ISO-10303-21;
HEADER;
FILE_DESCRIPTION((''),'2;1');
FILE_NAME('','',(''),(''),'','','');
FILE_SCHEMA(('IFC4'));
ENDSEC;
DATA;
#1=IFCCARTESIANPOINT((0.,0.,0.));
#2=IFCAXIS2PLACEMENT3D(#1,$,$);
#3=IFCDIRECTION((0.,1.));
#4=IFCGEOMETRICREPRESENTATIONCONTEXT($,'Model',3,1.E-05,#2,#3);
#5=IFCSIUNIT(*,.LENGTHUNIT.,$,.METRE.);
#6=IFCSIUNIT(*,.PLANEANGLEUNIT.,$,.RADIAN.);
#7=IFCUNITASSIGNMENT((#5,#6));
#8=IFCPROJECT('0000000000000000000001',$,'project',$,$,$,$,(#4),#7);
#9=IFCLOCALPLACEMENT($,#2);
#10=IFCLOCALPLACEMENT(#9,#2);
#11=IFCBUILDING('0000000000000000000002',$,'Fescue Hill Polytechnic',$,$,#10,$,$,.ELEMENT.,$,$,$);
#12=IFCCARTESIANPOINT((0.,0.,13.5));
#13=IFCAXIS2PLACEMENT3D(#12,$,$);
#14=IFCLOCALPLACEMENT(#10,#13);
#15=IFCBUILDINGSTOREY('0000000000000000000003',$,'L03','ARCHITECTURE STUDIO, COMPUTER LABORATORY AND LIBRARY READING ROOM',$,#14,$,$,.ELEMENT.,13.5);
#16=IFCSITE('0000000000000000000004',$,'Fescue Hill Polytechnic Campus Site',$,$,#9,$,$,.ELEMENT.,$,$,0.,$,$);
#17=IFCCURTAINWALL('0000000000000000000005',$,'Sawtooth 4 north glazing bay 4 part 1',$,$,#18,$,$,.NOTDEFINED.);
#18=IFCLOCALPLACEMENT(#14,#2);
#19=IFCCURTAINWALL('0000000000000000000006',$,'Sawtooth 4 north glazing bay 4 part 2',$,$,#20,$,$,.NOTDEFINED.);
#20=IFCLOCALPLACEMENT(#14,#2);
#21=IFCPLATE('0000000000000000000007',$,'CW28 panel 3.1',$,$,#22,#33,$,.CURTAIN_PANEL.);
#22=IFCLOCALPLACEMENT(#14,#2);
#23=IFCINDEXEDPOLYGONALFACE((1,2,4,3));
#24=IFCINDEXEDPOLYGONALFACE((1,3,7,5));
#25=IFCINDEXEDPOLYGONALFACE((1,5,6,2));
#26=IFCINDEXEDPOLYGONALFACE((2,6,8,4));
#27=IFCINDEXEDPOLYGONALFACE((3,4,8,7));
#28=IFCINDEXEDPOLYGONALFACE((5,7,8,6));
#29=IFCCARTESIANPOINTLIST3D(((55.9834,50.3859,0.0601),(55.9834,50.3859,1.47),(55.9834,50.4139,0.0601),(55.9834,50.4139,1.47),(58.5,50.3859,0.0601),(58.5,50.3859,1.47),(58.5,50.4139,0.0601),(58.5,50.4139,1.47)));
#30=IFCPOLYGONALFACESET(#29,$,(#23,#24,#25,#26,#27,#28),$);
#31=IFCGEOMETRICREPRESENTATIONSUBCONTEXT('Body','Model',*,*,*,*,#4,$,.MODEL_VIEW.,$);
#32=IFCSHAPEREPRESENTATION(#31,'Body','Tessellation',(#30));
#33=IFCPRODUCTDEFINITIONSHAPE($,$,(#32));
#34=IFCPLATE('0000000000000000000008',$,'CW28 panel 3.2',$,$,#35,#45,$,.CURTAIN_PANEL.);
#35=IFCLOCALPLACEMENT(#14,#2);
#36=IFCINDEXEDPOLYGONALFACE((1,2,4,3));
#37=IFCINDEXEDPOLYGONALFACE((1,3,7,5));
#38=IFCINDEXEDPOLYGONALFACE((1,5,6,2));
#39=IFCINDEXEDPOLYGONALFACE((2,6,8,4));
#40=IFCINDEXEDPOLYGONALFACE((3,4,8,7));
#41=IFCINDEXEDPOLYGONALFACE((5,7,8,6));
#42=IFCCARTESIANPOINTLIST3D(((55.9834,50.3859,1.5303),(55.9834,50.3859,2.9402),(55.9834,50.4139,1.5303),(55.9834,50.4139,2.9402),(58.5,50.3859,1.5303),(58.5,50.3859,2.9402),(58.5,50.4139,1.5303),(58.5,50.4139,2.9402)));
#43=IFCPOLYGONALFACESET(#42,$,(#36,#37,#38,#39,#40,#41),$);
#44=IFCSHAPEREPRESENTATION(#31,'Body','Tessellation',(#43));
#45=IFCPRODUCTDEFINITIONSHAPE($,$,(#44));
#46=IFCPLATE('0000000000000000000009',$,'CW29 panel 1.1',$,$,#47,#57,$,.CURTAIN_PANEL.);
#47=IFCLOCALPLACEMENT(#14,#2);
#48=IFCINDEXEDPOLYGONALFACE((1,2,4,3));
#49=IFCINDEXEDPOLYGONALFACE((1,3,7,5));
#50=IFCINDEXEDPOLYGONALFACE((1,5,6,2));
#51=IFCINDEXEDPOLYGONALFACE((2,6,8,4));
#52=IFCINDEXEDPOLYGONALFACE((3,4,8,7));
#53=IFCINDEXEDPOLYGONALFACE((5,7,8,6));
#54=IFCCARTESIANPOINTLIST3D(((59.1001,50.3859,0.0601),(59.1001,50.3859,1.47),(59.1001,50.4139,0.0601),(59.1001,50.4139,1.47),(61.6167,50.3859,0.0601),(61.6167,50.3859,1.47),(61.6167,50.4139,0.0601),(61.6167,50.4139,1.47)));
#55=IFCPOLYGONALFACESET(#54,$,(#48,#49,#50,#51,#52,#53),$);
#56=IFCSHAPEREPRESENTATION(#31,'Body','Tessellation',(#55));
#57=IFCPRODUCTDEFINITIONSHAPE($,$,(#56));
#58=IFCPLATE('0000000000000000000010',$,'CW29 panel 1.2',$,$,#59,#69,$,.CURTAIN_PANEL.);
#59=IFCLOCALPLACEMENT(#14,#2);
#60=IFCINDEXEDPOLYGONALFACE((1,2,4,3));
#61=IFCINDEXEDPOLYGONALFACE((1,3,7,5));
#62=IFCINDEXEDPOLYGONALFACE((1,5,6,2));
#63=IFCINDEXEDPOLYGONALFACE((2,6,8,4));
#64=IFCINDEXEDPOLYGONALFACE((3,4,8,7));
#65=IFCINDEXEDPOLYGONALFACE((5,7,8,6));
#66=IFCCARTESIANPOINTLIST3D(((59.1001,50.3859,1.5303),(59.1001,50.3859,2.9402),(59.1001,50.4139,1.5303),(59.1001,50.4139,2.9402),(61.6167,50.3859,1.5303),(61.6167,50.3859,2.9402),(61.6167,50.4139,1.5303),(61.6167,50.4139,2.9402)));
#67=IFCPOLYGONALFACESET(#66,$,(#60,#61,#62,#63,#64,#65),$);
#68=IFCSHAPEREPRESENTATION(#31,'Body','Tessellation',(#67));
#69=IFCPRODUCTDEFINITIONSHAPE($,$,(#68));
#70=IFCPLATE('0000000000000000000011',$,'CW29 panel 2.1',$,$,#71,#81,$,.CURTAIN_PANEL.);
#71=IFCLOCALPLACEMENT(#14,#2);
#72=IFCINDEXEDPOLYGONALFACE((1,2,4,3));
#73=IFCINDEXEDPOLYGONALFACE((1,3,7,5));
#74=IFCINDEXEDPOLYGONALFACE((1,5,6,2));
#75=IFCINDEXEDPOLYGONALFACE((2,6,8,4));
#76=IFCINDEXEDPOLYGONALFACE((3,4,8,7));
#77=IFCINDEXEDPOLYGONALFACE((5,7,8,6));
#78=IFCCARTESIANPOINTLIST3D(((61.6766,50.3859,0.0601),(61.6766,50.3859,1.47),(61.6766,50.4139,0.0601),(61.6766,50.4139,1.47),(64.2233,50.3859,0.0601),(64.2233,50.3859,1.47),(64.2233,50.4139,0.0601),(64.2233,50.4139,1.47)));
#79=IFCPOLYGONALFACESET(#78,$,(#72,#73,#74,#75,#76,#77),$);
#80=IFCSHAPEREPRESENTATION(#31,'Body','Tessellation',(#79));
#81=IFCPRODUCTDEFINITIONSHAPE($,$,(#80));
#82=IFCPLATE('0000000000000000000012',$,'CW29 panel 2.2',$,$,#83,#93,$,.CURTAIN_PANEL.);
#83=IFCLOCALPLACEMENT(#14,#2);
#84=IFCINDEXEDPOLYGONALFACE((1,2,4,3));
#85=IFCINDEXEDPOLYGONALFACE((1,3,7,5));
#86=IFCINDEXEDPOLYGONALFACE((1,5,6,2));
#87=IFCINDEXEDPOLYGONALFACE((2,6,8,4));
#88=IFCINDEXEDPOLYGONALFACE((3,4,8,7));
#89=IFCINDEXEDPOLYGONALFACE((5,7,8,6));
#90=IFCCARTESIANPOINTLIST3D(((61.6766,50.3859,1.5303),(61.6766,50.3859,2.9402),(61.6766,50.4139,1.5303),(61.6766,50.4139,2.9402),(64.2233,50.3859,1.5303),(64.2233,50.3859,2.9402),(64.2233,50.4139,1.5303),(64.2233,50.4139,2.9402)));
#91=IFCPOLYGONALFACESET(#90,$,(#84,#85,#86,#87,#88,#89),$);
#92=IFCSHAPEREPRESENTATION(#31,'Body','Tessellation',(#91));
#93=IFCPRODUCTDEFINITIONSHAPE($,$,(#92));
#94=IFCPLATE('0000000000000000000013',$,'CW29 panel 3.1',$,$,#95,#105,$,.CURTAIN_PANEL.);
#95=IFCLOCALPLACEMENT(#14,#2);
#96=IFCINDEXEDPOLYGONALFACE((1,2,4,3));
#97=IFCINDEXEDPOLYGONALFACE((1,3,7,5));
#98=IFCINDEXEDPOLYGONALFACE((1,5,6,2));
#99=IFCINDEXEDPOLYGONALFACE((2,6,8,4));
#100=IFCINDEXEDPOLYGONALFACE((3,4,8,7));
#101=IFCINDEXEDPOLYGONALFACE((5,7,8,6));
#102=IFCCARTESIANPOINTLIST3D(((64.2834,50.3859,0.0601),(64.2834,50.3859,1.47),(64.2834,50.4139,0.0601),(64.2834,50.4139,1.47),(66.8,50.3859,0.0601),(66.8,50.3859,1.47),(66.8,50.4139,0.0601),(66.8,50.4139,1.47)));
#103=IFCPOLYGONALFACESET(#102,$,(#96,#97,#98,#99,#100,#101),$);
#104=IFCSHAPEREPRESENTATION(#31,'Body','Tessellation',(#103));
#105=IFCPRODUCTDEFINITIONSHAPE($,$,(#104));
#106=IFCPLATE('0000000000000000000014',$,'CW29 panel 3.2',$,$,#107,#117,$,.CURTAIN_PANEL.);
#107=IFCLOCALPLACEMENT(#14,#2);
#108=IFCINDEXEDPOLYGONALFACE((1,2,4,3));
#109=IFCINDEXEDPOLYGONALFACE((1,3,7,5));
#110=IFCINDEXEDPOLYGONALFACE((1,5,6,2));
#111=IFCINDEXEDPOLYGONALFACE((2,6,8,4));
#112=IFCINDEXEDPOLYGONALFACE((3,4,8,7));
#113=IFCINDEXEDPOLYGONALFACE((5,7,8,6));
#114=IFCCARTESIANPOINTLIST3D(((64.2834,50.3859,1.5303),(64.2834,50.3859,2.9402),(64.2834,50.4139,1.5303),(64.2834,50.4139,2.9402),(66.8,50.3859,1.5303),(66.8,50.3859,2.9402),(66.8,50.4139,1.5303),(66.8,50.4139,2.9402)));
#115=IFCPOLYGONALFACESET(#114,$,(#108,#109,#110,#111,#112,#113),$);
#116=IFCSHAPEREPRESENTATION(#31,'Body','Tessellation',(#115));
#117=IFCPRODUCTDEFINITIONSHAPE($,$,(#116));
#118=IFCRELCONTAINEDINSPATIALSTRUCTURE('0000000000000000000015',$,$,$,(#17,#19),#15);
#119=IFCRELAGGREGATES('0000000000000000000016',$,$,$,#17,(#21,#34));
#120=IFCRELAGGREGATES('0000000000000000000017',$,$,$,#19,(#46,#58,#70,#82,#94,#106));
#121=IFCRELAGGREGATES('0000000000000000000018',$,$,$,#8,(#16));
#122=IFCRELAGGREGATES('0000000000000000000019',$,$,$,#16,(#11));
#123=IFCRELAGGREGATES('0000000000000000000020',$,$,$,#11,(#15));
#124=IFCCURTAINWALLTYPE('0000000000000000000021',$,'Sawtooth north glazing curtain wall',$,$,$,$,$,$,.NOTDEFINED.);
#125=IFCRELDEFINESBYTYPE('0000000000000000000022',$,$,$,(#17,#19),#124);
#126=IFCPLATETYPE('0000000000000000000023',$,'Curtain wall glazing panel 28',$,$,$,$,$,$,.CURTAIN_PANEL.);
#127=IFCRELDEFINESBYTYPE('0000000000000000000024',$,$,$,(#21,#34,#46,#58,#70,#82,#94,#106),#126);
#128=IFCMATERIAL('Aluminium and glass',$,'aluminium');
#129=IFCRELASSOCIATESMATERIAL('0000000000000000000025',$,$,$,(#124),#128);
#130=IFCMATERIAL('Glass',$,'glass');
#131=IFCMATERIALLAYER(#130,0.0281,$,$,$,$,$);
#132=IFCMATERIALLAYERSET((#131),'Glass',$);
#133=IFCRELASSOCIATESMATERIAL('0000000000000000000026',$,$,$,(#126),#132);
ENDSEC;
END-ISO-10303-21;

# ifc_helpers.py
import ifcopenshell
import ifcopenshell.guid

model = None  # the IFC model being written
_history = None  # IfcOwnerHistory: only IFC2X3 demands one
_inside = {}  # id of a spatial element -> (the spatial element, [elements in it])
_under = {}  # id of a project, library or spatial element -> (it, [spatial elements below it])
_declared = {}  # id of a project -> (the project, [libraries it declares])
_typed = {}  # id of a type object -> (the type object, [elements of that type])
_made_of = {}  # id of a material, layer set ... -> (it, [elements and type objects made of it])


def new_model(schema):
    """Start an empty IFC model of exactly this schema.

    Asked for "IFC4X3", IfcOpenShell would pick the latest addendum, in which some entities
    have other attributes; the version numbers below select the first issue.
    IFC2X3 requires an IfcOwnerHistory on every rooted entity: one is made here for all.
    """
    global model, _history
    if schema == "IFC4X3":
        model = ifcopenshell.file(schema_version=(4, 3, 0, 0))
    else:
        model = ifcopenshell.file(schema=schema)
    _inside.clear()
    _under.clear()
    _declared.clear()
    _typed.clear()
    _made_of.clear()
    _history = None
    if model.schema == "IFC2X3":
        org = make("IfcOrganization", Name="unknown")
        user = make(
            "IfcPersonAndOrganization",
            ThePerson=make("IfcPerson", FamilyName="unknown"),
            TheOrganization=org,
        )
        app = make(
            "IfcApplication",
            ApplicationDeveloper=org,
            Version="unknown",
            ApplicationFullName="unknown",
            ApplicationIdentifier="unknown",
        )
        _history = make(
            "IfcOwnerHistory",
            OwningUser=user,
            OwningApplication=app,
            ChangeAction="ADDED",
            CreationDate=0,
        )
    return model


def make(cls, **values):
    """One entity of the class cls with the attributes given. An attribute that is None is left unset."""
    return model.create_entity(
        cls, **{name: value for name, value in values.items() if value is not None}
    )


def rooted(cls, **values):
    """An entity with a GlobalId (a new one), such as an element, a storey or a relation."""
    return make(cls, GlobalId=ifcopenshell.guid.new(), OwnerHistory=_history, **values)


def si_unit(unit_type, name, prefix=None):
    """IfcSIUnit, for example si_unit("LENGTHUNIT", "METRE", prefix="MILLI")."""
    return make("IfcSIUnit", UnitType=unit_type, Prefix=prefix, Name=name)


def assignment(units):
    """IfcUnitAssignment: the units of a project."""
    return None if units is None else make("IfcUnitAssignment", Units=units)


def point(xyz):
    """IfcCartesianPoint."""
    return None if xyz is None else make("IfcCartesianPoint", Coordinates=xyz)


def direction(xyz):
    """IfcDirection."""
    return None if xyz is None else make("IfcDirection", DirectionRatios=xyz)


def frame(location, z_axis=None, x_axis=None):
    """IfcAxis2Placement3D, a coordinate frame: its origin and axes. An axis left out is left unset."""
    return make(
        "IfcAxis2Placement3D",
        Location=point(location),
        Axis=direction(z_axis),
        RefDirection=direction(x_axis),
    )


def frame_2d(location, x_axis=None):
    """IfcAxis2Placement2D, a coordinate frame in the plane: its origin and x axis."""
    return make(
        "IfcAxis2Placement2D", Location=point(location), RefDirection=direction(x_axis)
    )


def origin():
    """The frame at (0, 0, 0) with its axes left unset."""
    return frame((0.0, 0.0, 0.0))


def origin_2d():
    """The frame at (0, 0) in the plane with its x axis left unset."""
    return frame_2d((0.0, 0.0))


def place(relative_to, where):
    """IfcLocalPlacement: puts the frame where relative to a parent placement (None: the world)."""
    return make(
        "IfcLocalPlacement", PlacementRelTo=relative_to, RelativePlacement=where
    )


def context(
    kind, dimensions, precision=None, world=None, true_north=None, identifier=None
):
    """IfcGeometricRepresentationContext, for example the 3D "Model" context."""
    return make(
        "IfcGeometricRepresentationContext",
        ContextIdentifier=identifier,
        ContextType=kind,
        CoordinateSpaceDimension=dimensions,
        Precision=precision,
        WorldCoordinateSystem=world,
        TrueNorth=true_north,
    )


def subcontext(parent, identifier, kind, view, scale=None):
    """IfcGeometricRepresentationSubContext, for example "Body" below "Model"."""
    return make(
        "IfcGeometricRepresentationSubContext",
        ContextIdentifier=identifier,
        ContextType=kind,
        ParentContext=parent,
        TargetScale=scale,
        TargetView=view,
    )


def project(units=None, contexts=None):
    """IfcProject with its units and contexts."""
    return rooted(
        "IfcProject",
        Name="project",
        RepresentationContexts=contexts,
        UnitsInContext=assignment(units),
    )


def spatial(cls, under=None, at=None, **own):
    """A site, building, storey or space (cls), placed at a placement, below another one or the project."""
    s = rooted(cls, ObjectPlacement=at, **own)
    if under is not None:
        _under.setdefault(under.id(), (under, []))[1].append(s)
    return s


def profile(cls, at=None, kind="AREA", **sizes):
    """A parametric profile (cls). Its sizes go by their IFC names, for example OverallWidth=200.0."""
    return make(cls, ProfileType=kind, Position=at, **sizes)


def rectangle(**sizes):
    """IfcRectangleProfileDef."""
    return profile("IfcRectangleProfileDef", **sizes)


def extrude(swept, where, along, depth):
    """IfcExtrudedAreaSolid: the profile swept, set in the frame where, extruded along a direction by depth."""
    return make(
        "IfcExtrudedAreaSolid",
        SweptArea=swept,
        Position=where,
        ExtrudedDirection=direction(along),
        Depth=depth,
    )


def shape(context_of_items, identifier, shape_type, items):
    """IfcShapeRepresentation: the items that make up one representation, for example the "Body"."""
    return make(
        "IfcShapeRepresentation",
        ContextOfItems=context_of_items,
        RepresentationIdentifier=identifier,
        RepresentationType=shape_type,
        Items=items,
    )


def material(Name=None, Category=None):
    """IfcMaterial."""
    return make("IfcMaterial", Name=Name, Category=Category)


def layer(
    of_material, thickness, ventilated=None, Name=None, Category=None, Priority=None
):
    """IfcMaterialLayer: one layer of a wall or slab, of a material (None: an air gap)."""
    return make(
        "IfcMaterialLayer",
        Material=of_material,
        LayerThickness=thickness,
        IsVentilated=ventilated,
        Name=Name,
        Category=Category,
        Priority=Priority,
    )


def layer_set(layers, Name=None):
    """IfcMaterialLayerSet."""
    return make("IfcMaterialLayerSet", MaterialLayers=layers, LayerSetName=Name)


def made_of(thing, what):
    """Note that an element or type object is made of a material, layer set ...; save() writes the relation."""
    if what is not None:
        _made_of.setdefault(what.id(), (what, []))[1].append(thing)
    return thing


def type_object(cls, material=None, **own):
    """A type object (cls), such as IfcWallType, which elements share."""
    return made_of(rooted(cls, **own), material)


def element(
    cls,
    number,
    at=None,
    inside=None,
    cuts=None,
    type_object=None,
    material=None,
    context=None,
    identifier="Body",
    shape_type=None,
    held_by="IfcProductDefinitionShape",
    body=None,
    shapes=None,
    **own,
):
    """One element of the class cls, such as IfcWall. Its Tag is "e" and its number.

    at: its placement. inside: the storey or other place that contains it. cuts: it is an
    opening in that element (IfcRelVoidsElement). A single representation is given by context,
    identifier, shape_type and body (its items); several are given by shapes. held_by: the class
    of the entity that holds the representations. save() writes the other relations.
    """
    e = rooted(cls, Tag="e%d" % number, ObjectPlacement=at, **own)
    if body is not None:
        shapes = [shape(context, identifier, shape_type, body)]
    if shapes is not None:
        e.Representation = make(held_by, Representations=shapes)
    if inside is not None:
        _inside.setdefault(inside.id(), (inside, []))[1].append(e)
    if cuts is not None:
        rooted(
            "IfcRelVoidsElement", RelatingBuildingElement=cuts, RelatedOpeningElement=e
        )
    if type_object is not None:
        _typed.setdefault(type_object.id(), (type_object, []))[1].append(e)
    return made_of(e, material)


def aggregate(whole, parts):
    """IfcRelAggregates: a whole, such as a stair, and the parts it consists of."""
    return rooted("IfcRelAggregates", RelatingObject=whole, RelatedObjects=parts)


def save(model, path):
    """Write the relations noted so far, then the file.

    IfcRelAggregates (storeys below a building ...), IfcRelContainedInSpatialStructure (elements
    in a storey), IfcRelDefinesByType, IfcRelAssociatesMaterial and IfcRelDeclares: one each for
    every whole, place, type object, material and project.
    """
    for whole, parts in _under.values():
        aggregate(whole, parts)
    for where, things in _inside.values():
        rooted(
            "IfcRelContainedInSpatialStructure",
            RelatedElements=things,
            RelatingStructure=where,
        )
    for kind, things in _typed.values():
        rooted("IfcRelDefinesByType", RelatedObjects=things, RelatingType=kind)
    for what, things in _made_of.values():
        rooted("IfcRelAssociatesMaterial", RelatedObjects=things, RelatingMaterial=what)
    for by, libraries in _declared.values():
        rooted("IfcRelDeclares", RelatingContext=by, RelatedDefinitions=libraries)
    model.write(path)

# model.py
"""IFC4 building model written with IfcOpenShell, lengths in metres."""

from ifc_helpers import new_model, si_unit, direction, frame, origin, origin_2d, place, context, subcontext, project, spatial, rectangle, extrude, material, layer, layer_set, type_object, element, aggregate, save


model = new_model("IFC4")

# Units and contexts
model_context = context("Model", 3, precision=1e-05, world=origin(), true_north=direction((0.0, 1.0)))
body_context = subcontext(model_context, "Body", "Model", "MODEL_VIEW")
ifc_project = project(units=[si_unit("LENGTHUNIT", "METRE"), si_unit("PLANEANGLEUNIT", "RADIAN")], contexts=[model_context])

# Site, building, storey
site_placement = place(None, origin())
site = spatial("IfcSite", under=ifc_project, at=site_placement, Name="Fescue Hill Polytechnic Campus Site", CompositionType="ELEMENT", RefElevation=0.0)
building_placement = place(site_placement, origin())
building = spatial("IfcBuilding", under=site, at=building_placement, Name="Fescue Hill Polytechnic", CompositionType="ELEMENT")
storey_placement = place(building_placement, frame((0.0, 0.0, 13.5)))
storey = spatial("IfcBuildingStorey", under=building, at=storey_placement, Name="L03", Description="ARCHITECTURE STUDIO, COMPUTER LABORATORY AND LIBRARY READING ROOM", CompositionType="ELEMENT", Elevation=13.5)

# Curtain wall
ifc_material_1 = material(Name="Aluminium and glass", Category="aluminium")
curtain_wall_type = type_object("IfcCurtainWallType", Name="Sawtooth north glazing curtain wall", PredefinedType="NOTDEFINED", material=ifc_material_1)
curtain_wall_1_placement = place(storey_placement, origin())
curtain_wall_1 = element("IfcCurtainWall", 1, at=curtain_wall_1_placement, inside=storey, type_object=curtain_wall_type, Name="Sawtooth 4 north glazing bay 4 part 1", PredefinedType="NOTDEFINED")

# Curtain wall
curtain_wall_2_placement = place(storey_placement, origin())
curtain_wall_2 = element("IfcCurtainWall", 2, at=curtain_wall_2_placement, inside=storey, type_object=curtain_wall_type, Name="Sawtooth 4 north glazing bay 4 part 2", PredefinedType="NOTDEFINED")

# Plates
ifc_material_2 = material(Name="Glass", Category="glass")
ifc_layer = layer(ifc_material_2, 0.0281)
ifc_layer_set = layer_set([ifc_layer], Name="Glass")
plate_type = type_object("IfcPlateType", Name="Curtain wall glazing panel 28", PredefinedType="CURTAIN_PANEL", material=ifc_layer_set)
plate_1_placement = place(storey_placement, frame((57.2417, 50.3999, 0.0601), z_axis=(0.0, 0.0, 1.0), x_axis=(1.0, 0.0, 0.0)))
plate_1 = element("IfcPlate", 3, at=plate_1_placement, type_object=plate_type, Name="CW28 panel 3.1", PredefinedType="CURTAIN_PANEL", context=body_context, shape_type="SweptSolid", body=[
    extrude(rectangle(XDim=2.5166, YDim=0.0281, at=origin_2d()), origin(), (0.0, 0.0, 1.0), 1.4099),
])
plate_2_placement = place(storey_placement, frame((57.2417, 50.3999, 1.5303), z_axis=(0.0, 0.0, 1.0), x_axis=(1.0, 0.0, 0.0)))
plate_2 = element("IfcPlate", 4, at=plate_2_placement, type_object=plate_type, Name="CW28 panel 3.2", PredefinedType="CURTAIN_PANEL", context=body_context, shape_type="SweptSolid", body=[
    extrude(rectangle(XDim=2.5166, YDim=0.0281, at=origin_2d()), origin(), (0.0, 0.0, 1.0), 1.4099),
])
aggregate(curtain_wall_1, [plate_1, plate_2])
plate_3_placement = place(storey_placement, frame((60.3584, 50.3999, 0.0601), z_axis=(0.0, 0.0, 1.0), x_axis=(1.0, 0.0, 0.0)))
plate_3 = element("IfcPlate", 5, at=plate_3_placement, type_object=plate_type, Name="CW29 panel 1.1", PredefinedType="CURTAIN_PANEL", context=body_context, shape_type="SweptSolid", body=[
    extrude(rectangle(XDim=2.5166, YDim=0.0281, at=origin_2d()), origin(), (0.0, 0.0, 1.0), 1.4099),
])
plate_4_placement = place(storey_placement, frame((60.3584, 50.3999, 1.5303), z_axis=(0.0, 0.0, 1.0), x_axis=(1.0, 0.0, 0.0)))
plate_4 = element("IfcPlate", 6, at=plate_4_placement, type_object=plate_type, Name="CW29 panel 1.2", PredefinedType="CURTAIN_PANEL", context=body_context, shape_type="SweptSolid", body=[
    extrude(rectangle(XDim=2.5166, YDim=0.0281, at=origin_2d()), origin(), (0.0, 0.0, 1.0), 1.4099),
])
plate_5_placement = place(storey_placement, frame((62.95, 50.3999, 0.0601), z_axis=(0.0, 0.0, 1.0), x_axis=(1.0, 0.0, 0.0)))
plate_5 = element("IfcPlate", 7, at=plate_5_placement, type_object=plate_type, Name="CW29 panel 2.1", PredefinedType="CURTAIN_PANEL", context=body_context, shape_type="SweptSolid", body=[
    extrude(rectangle(XDim=2.5466, YDim=0.0281, at=origin_2d()), origin(), (0.0, 0.0, 1.0), 1.4099),
])
plate_6_placement = place(storey_placement, frame((62.95, 50.3999, 1.5303), z_axis=(0.0, 0.0, 1.0), x_axis=(1.0, 0.0, 0.0)))
plate_6 = element("IfcPlate", 8, at=plate_6_placement, type_object=plate_type, Name="CW29 panel 2.2", PredefinedType="CURTAIN_PANEL", context=body_context, shape_type="SweptSolid", body=[
    extrude(rectangle(XDim=2.5466, YDim=0.0281, at=origin_2d()), origin(), (0.0, 0.0, 1.0), 1.4099),
])
plate_7_placement = place(storey_placement, frame((65.5417, 50.3999, 0.0601), z_axis=(0.0, 0.0, 1.0), x_axis=(1.0, 0.0, 0.0)))
plate_7 = element("IfcPlate", 9, at=plate_7_placement, type_object=plate_type, Name="CW29 panel 3.1", PredefinedType="CURTAIN_PANEL", context=body_context, shape_type="SweptSolid", body=[
    extrude(rectangle(XDim=2.5166, YDim=0.0281, at=origin_2d()), origin(), (0.0, 0.0, 1.0), 1.4099),
])
plate_8_placement = place(storey_placement, frame((65.5417, 50.3999, 1.5303), z_axis=(0.0, 0.0, 1.0), x_axis=(1.0, 0.0, 0.0)))
plate_8 = element("IfcPlate", 10, at=plate_8_placement, type_object=plate_type, Name="CW29 panel 3.2", PredefinedType="CURTAIN_PANEL", context=body_context, shape_type="SweptSolid", body=[
    extrude(rectangle(XDim=2.5166, YDim=0.0281, at=origin_2d()), origin(), (0.0, 0.0, 1.0), 1.4099),
])
aggregate(curtain_wall_2, [plate_3, plate_4, plate_5, plate_6, plate_7, plate_8])

save(model, "model.ifc")
